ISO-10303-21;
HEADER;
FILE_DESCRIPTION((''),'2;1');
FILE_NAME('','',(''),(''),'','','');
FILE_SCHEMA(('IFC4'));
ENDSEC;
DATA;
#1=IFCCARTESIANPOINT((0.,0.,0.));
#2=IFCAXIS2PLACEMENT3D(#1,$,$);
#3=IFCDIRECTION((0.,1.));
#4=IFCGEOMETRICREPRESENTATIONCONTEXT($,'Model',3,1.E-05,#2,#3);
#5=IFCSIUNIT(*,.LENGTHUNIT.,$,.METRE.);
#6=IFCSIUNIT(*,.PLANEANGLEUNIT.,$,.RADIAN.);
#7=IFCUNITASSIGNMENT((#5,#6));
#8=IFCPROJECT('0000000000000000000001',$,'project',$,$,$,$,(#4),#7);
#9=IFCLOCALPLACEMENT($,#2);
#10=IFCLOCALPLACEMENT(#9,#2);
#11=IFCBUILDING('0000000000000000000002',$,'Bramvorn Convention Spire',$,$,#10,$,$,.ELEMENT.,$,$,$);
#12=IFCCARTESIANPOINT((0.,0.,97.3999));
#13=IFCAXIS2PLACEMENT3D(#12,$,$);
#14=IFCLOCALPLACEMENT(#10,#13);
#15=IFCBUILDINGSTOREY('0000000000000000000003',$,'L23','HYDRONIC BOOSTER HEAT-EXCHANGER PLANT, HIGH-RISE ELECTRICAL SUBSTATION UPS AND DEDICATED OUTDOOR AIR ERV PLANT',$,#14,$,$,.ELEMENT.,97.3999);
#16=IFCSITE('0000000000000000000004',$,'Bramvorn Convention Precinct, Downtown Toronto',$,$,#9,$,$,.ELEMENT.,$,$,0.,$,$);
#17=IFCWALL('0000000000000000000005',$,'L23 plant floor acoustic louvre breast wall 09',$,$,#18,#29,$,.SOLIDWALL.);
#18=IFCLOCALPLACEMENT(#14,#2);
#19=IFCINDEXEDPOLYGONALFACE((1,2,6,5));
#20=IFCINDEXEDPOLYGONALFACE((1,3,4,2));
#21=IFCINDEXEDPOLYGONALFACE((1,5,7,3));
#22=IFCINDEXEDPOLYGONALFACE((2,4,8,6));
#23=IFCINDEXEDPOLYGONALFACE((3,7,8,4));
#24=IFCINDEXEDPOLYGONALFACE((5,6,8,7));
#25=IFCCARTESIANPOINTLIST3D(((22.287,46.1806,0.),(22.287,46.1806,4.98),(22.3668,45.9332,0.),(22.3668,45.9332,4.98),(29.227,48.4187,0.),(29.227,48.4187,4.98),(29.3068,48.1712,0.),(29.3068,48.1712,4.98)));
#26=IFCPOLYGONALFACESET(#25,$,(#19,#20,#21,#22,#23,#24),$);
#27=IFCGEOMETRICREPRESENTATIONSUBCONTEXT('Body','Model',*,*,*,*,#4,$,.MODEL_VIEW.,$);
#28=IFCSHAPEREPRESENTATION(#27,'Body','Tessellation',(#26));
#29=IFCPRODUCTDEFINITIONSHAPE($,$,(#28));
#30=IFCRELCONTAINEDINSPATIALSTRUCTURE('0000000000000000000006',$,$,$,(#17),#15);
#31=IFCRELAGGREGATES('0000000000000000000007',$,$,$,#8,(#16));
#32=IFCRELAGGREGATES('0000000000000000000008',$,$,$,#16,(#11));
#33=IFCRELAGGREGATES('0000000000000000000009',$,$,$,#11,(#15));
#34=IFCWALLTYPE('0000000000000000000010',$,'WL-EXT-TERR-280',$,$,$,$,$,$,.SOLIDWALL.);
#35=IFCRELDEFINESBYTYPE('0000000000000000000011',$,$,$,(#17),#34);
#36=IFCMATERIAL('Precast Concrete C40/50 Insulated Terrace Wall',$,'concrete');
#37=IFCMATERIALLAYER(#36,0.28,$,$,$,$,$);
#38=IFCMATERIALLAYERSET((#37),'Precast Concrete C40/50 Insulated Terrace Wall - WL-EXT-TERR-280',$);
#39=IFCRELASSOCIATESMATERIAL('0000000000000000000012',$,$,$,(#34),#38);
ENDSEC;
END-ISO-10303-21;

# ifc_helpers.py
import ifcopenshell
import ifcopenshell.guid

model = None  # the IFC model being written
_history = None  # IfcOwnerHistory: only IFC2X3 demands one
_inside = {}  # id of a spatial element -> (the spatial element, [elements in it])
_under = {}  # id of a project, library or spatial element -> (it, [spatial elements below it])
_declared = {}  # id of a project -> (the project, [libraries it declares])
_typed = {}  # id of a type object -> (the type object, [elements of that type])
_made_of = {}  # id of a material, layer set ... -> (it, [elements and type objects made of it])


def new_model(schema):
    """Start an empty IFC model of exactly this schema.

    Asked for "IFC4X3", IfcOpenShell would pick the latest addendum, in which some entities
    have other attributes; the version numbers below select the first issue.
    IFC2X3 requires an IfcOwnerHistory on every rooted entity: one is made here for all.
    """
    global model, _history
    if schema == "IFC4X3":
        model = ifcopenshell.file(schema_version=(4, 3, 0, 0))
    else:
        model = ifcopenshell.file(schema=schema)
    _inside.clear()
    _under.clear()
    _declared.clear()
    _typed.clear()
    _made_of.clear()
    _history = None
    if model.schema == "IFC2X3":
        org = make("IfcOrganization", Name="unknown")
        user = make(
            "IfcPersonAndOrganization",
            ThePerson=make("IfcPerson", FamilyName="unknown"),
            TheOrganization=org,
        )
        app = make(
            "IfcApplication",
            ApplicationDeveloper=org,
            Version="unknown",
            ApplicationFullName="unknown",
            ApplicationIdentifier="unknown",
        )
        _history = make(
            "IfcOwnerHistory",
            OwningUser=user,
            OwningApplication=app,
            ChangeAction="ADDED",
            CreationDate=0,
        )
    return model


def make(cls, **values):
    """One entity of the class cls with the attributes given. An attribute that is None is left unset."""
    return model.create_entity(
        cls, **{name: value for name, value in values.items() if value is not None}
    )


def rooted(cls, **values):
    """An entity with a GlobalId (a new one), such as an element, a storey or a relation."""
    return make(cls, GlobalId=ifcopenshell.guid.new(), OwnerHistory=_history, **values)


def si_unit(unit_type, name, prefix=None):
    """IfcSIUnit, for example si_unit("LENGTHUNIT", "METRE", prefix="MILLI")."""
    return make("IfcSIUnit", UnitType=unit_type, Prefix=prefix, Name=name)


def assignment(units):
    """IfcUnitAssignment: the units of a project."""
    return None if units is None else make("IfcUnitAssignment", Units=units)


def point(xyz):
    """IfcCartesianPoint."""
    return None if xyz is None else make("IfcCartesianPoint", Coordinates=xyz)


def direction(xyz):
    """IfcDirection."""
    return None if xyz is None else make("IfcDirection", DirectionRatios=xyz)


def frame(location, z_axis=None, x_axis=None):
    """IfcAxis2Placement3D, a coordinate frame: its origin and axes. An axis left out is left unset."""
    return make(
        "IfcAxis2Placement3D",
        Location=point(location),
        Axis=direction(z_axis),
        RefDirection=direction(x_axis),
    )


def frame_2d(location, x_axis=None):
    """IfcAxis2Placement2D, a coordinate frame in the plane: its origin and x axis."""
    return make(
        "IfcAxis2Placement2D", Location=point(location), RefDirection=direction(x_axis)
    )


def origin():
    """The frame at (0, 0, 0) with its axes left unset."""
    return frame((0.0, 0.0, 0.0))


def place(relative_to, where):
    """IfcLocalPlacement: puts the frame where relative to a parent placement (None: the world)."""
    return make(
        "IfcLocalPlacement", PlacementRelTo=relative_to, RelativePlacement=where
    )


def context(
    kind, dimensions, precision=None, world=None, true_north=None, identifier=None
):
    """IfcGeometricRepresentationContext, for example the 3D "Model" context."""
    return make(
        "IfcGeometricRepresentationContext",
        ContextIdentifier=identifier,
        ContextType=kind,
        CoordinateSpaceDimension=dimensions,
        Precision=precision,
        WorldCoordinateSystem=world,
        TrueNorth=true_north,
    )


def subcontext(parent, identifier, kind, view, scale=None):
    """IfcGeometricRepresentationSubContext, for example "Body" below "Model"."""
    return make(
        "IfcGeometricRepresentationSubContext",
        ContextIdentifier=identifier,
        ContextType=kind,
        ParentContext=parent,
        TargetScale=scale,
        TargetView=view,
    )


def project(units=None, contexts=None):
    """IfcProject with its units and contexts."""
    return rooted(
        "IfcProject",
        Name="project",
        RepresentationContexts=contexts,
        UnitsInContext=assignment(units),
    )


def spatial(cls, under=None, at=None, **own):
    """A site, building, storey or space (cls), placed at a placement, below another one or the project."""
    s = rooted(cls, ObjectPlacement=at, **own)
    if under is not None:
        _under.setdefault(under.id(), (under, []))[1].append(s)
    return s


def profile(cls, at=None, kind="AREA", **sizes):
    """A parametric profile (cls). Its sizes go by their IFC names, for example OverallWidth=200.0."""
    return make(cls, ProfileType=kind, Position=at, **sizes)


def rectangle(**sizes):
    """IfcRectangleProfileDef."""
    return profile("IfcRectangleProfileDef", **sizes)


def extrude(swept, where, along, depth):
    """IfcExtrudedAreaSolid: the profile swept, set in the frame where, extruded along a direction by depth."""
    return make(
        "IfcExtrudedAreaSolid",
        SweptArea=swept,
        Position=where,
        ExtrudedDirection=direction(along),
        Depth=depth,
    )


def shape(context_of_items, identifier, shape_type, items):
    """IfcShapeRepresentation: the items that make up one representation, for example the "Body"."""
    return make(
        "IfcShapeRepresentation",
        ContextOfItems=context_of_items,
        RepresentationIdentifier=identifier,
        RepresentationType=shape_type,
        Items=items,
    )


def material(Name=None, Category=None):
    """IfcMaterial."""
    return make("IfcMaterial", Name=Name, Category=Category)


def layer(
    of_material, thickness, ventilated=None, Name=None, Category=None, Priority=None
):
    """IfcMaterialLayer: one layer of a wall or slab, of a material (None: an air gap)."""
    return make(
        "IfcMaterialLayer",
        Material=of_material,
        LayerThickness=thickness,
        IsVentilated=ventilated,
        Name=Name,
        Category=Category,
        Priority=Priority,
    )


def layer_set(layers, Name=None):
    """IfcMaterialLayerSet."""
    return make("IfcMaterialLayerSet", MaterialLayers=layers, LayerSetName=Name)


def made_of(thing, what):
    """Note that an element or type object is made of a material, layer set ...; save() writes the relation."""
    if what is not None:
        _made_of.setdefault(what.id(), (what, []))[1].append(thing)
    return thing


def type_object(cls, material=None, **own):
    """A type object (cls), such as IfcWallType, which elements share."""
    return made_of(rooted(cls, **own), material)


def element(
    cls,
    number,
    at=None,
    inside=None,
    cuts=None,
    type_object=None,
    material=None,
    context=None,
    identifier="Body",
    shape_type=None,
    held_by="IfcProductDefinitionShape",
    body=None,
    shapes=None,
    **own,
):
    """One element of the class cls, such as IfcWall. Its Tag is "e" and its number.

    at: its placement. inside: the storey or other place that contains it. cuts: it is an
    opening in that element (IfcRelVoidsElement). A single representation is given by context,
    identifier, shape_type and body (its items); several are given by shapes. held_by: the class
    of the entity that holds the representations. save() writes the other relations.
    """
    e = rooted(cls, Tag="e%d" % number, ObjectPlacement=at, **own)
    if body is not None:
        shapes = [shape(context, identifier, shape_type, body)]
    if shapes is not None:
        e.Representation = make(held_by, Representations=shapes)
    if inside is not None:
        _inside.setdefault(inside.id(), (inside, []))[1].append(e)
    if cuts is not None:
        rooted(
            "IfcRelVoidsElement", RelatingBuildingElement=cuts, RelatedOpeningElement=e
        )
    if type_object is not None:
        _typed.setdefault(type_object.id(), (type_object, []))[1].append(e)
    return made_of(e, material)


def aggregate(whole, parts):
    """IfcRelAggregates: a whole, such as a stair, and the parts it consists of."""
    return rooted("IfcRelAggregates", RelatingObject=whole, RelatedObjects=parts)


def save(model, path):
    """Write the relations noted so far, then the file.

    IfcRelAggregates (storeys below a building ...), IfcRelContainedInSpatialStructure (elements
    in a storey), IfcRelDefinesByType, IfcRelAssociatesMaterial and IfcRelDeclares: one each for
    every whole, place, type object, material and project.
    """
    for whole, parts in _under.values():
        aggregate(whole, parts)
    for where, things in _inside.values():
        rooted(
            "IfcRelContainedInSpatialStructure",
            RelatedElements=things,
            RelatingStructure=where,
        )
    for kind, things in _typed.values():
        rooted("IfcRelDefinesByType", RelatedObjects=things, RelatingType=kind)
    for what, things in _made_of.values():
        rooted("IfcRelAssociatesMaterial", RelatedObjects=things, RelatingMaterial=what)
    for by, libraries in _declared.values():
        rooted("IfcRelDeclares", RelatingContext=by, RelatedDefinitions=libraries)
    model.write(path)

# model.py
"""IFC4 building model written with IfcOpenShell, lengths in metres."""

from ifc_helpers import new_model, si_unit, direction, frame, frame_2d, origin, place, context, subcontext, project, spatial, rectangle, extrude, material, layer, layer_set, type_object, element, save


model = new_model("IFC4")

# Units and contexts
model_context = context("Model", 3, precision=1e-05, world=origin(), true_north=direction((0.0, 1.0)))
body_context = subcontext(model_context, "Body", "Model", "MODEL_VIEW")
ifc_project = project(units=[si_unit("LENGTHUNIT", "METRE"), si_unit("PLANEANGLEUNIT", "RADIAN")], contexts=[model_context])

# Site, building, storey
site_placement = place(None, origin())
site = spatial("IfcSite", under=ifc_project, at=site_placement, Name="Bramvorn Convention Precinct, Downtown Toronto", CompositionType="ELEMENT", RefElevation=0.0)
building_placement = place(site_placement, origin())
building = spatial("IfcBuilding", under=site, at=building_placement, Name="Bramvorn Convention Spire", CompositionType="ELEMENT")
storey_placement = place(building_placement, frame((0.0, 0.0, 97.3999)))
storey = spatial("IfcBuildingStorey", under=building, at=storey_placement, Name="L23", Description="HYDRONIC BOOSTER HEAT-EXCHANGER PLANT, HIGH-RISE ELECTRICAL SUBSTATION UPS AND DEDICATED OUTDOOR AIR ERV PLANT", CompositionType="ELEMENT", Elevation=97.3999)

# Wall
ifc_material_1 = material(Name="Precast Concrete C40/50 Insulated Terrace Wall", Category="concrete")
ifc_layer_1 = layer(ifc_material_1, 0.28)
ifc_layer_set_1 = layer_set([ifc_layer_1], Name="Precast Concrete C40/50 Insulated Terrace Wall - WL-EXT-TERR-280")
wall_type_1 = type_object("IfcWallType", Name="WL-EXT-TERR-280", PredefinedType="SOLIDWALL", material=ifc_layer_set_1)
wall_1_placement = place(storey_placement, frame((22.3269, 46.0569, 0.0), z_axis=(0.0, 0.0, 1.0), x_axis=(0.951735, 0.306922, 0.0)))
element("IfcWall", 1, at=wall_1_placement, inside=storey, type_object=wall_type_1, Name="L23 plant floor acoustic louvre breast wall 09", PredefinedType="SOLIDWALL", context=body_context, shape_type="SweptSolid", body=[
    extrude(rectangle(XDim=7.292, YDim=0.26, at=frame_2d((3.646, 0.0))), origin(), (0.0, 0.0, 1.0), 4.98),
])

save(model, "model.ifc")
